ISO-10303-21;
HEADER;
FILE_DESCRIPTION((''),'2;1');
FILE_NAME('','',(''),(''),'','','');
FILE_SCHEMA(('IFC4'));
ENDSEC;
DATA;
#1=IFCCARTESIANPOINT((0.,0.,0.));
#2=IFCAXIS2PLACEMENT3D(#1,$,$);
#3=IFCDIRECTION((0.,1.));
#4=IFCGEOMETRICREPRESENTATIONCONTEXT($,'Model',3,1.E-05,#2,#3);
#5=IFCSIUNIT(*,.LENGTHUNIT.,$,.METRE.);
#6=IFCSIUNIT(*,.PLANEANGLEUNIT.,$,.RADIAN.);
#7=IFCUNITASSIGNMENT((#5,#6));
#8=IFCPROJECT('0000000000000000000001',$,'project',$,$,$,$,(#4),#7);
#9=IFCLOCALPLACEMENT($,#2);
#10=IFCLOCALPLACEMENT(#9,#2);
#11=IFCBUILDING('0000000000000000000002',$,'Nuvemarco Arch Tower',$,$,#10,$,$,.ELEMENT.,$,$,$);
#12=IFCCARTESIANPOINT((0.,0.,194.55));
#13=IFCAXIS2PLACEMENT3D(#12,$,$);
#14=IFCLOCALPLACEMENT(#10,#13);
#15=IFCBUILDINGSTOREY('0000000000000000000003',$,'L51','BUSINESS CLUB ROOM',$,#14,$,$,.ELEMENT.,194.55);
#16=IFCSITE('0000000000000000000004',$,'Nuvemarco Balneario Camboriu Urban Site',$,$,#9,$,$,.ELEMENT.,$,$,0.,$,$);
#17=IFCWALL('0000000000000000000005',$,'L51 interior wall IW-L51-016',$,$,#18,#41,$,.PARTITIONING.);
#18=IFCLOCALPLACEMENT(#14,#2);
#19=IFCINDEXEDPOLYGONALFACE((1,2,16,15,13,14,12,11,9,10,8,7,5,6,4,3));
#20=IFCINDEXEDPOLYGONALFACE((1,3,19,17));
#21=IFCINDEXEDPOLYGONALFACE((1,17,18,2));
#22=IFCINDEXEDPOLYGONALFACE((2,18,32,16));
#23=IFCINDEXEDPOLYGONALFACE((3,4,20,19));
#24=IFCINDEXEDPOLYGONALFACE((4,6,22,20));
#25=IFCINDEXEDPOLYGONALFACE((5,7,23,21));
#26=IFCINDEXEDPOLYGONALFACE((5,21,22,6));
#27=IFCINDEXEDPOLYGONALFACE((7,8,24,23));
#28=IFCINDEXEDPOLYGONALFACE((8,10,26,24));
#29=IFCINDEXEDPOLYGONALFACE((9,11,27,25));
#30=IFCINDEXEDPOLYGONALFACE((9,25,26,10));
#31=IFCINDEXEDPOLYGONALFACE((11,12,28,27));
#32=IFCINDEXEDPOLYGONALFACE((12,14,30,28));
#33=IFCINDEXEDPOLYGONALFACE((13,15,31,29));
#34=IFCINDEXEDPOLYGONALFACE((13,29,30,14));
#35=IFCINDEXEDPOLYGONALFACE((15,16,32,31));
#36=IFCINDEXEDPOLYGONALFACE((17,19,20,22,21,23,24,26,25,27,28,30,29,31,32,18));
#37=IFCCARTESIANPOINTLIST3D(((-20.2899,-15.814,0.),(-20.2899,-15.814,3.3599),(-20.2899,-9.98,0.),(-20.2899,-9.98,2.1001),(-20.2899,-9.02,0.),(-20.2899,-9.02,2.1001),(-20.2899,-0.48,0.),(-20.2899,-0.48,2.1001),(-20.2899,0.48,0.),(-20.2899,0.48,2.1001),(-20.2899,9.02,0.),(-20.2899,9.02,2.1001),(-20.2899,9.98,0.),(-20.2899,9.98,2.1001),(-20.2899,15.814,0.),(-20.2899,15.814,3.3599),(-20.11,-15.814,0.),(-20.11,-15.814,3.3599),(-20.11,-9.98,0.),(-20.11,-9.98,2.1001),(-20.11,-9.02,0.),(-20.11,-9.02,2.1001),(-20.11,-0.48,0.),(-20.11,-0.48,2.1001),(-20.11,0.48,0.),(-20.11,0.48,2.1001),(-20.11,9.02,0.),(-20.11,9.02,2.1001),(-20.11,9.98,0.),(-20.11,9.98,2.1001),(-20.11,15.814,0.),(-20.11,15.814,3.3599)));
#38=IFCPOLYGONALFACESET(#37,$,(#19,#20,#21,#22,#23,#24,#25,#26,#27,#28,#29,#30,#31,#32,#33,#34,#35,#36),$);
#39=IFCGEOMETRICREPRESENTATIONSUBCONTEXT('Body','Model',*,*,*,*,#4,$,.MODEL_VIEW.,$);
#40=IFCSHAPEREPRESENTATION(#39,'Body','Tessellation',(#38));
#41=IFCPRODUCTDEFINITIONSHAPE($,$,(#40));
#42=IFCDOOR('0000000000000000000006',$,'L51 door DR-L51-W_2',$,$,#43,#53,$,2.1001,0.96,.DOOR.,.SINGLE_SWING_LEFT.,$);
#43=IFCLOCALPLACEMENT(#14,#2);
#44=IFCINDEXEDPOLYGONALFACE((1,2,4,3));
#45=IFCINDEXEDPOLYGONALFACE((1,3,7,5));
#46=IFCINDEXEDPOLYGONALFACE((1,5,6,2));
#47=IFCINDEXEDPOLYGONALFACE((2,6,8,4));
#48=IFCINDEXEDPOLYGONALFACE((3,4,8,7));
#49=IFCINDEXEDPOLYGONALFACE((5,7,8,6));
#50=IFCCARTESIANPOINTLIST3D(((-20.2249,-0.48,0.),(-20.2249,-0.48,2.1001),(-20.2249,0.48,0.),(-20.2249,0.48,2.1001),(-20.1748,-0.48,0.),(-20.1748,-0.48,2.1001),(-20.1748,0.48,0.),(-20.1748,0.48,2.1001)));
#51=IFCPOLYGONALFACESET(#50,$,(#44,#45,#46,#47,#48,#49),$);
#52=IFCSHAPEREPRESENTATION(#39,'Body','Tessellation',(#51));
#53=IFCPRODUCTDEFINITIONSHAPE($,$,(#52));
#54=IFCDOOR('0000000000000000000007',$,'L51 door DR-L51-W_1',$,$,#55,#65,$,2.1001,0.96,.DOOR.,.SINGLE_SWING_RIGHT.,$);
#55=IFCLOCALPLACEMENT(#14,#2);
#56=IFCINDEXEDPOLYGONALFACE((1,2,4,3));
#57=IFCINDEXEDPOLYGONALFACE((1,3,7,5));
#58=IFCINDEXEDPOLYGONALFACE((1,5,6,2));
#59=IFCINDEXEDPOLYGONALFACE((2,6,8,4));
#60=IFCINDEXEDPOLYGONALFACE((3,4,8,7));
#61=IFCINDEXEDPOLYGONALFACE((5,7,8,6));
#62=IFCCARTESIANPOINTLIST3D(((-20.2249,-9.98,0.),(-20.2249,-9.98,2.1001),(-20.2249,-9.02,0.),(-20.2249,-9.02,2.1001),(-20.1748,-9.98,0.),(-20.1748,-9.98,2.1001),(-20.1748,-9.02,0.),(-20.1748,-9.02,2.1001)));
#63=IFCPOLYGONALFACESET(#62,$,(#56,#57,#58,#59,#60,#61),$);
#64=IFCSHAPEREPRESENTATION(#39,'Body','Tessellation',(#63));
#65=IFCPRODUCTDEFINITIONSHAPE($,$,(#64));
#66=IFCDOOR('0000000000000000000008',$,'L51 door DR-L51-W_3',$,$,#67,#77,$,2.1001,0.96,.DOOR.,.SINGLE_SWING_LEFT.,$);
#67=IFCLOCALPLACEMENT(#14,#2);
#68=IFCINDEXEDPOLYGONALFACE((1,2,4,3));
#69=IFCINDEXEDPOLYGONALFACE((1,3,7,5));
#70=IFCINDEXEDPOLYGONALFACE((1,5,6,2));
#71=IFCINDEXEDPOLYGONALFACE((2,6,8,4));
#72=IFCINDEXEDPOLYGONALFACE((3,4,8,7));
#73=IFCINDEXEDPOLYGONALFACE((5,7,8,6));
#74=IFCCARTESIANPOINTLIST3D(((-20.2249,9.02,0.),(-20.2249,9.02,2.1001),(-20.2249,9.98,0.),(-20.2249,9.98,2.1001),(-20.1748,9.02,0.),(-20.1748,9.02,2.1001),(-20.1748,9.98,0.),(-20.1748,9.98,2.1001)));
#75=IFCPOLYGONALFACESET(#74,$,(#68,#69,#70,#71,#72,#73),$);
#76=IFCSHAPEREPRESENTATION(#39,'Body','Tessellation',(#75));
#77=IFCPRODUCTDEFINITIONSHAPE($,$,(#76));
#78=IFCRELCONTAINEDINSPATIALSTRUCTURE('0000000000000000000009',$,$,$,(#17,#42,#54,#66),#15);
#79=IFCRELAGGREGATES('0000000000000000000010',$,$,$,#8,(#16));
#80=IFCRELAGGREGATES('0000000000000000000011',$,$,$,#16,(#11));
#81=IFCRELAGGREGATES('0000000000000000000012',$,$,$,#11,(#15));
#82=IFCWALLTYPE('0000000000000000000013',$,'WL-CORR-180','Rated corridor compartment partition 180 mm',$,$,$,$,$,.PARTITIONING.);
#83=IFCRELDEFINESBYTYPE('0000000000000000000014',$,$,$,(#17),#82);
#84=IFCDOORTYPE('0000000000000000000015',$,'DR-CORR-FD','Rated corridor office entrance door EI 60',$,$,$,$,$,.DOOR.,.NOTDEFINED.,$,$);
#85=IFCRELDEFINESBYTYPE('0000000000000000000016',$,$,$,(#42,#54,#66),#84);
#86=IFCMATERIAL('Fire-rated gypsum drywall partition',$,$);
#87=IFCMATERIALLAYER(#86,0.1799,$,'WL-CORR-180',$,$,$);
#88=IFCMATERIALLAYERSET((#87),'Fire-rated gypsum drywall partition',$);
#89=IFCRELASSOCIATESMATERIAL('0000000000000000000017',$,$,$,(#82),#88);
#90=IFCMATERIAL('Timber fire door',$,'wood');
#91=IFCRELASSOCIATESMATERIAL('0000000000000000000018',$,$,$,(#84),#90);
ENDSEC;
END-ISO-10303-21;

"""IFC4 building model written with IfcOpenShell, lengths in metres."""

from ifc_helpers import new_model, si_unit, direction, frame, frame_2d, origin, place, context, subcontext, project, spatial, rectangle, extrude, source, transform, mapped, material, layer, layer_set, type_object, type_shapes, element, fill, save


model = new_model("IFC4")

# Units and contexts
model_context = context("Model", 3, precision=1e-05, world=origin(), true_north=direction((0.0, 1.0)))
body_context = subcontext(model_context, "Body", "Model", "MODEL_VIEW")
ifc_project = project(units=[si_unit("LENGTHUNIT", "METRE"), si_unit("PLANEANGLEUNIT", "RADIAN")], contexts=[model_context])

# Site, building, storey
site_placement = place(None, origin())
site = spatial("IfcSite", under=ifc_project, at=site_placement, Name="Nuvemarco Balneario Camboriu Urban Site", CompositionType="ELEMENT", RefElevation=0.0)
building_placement = place(site_placement, origin())
building = spatial("IfcBuilding", under=site, at=building_placement, Name="Nuvemarco Arch Tower", CompositionType="ELEMENT")
storey_placement = place(building_placement, frame((0.0, 0.0, 194.55)))
storey = spatial("IfcBuildingStorey", under=building, at=storey_placement, Name="L51", Description="BUSINESS CLUB ROOM", CompositionType="ELEMENT", Elevation=194.55)

# Shared definitions
ifc_material_1 = material(Name="Fire-rated gypsum drywall partition")
ifc_layer = layer(ifc_material_1, 0.1799, Name="WL-CORR-180")
ifc_layer_set = layer_set([ifc_layer], Name="Fire-rated gypsum drywall partition")
wall_type = type_object("IfcWallType", Name="WL-CORR-180", Description="Rated corridor compartment partition 180 mm", PredefinedType="PARTITIONING", material=ifc_layer_set)
ifc_material_2 = material(Name="Timber fire door", Category="wood")
door_type = type_object("IfcDoorType", Name="DR-CORR-FD", Description="Rated corridor office entrance door EI 60", OperationType="NOTDEFINED", PredefinedType="DOOR", material=ifc_material_2)
shared_shape = source(origin(), body_context, "Body", "SweptSolid", [
    extrude(rectangle(XDim=0.96, YDim=2.1001, at=frame_2d((0.48, 1.05))), frame((0.0, 0.0249, 0.0), z_axis=(0.0, -1.0, 0.0), x_axis=(1.0, 0.0, 0.0)), (0.0, 0.0, 1.0), 0.05),
])
type_shapes(door_type, [shared_shape])

# Wall, openings, doors
wall_1_placement = place(storey_placement, frame((-20.2, -15.814, 0.0), z_axis=(0.0, 0.0, 1.0), x_axis=(0.0, 1.0, 0.0)))
wall_1 = element("IfcWall", 1, at=wall_1_placement, inside=storey, type_object=wall_type, Name="L51 interior wall IW-L51-016", PredefinedType="PARTITIONING", context=body_context, shape_type="SweptSolid", body=[
    extrude(rectangle(XDim=31.6279, YDim=0.1799, at=frame_2d((15.814, 0.0))), origin(), (0.0, 0.0, 1.0), 3.3599),
])
opening_1_placement = place(wall_1_placement, frame((15.334, 0.0, 0.0)))
opening_1 = element("IfcOpeningElement", 2, at=opening_1_placement, cuts=wall_1, PredefinedType="OPENING", context=body_context, shape_type="SweptSolid", body=[
    extrude(rectangle(XDim=0.96, YDim=2.1001, at=frame_2d((0.48, 1.05))), frame((0.0, 0.0999, 0.0), z_axis=(0.0, -1.0, 0.0), x_axis=(1.0, 0.0, 0.0)), (0.0, 0.0, 1.0), 0.2),
])
opening_2_placement = place(wall_1_placement, frame((5.834, 0.0, 0.0)))
opening_2 = element("IfcOpeningElement", 3, at=opening_2_placement, cuts=wall_1, PredefinedType="OPENING", context=body_context, shape_type="SweptSolid", body=[
    extrude(rectangle(XDim=0.96, YDim=2.1001, at=frame_2d((0.48, 1.05))), frame((0.0, 0.0999, 0.0), z_axis=(0.0, -1.0, 0.0), x_axis=(1.0, 0.0, 0.0)), (0.0, 0.0, 1.0), 0.2),
])
opening_3_placement = place(wall_1_placement, frame((24.834, 0.0, 0.0)))
opening_3 = element("IfcOpeningElement", 4, at=opening_3_placement, cuts=wall_1, PredefinedType="OPENING", context=body_context, shape_type="SweptSolid", body=[
    extrude(rectangle(XDim=0.96, YDim=2.1001, at=frame_2d((0.48, 1.05))), frame((0.0, 0.0999, 0.0), z_axis=(0.0, -1.0, 0.0), x_axis=(1.0, 0.0, 0.0)), (0.0, 0.0, 1.0), 0.2),
])
door_1_placement = place(opening_1_placement, origin())
door_1 = element("IfcDoor", 5, at=door_1_placement, inside=storey, type_object=door_type, Name="L51 door DR-L51-W_2", OperationType="SINGLE_SWING_LEFT", OverallHeight=2.1001, OverallWidth=0.96, PredefinedType="DOOR", context=body_context, shape_type="MappedRepresentation", body=[
    mapped(shared_shape, transform((0.0, 0.0, 0.0), scale=1.0)),
])
fill(opening_1, door_1)
door_2_placement = place(opening_2_placement, origin())
door_2 = element("IfcDoor", 6, at=door_2_placement, inside=storey, type_object=door_type, Name="L51 door DR-L51-W_1", OperationType="SINGLE_SWING_RIGHT", OverallHeight=2.1001, OverallWidth=0.96, PredefinedType="DOOR", context=body_context, shape_type="MappedRepresentation", body=[
    mapped(shared_shape, transform((0.0, 0.0, 0.0), scale=1.0)),
])
fill(opening_2, door_2)
door_3_placement = place(opening_3_placement, origin())
door_3 = element("IfcDoor", 7, at=door_3_placement, inside=storey, type_object=door_type, Name="L51 door DR-L51-W_3", OperationType="SINGLE_SWING_LEFT", OverallHeight=2.1001, OverallWidth=0.96, PredefinedType="DOOR", context=body_context, shape_type="MappedRepresentation", body=[
    mapped(shared_shape, transform((0.0, 0.0, 0.0), scale=1.0)),
])
fill(opening_3, door_3)

save(model, "model.ifc")
